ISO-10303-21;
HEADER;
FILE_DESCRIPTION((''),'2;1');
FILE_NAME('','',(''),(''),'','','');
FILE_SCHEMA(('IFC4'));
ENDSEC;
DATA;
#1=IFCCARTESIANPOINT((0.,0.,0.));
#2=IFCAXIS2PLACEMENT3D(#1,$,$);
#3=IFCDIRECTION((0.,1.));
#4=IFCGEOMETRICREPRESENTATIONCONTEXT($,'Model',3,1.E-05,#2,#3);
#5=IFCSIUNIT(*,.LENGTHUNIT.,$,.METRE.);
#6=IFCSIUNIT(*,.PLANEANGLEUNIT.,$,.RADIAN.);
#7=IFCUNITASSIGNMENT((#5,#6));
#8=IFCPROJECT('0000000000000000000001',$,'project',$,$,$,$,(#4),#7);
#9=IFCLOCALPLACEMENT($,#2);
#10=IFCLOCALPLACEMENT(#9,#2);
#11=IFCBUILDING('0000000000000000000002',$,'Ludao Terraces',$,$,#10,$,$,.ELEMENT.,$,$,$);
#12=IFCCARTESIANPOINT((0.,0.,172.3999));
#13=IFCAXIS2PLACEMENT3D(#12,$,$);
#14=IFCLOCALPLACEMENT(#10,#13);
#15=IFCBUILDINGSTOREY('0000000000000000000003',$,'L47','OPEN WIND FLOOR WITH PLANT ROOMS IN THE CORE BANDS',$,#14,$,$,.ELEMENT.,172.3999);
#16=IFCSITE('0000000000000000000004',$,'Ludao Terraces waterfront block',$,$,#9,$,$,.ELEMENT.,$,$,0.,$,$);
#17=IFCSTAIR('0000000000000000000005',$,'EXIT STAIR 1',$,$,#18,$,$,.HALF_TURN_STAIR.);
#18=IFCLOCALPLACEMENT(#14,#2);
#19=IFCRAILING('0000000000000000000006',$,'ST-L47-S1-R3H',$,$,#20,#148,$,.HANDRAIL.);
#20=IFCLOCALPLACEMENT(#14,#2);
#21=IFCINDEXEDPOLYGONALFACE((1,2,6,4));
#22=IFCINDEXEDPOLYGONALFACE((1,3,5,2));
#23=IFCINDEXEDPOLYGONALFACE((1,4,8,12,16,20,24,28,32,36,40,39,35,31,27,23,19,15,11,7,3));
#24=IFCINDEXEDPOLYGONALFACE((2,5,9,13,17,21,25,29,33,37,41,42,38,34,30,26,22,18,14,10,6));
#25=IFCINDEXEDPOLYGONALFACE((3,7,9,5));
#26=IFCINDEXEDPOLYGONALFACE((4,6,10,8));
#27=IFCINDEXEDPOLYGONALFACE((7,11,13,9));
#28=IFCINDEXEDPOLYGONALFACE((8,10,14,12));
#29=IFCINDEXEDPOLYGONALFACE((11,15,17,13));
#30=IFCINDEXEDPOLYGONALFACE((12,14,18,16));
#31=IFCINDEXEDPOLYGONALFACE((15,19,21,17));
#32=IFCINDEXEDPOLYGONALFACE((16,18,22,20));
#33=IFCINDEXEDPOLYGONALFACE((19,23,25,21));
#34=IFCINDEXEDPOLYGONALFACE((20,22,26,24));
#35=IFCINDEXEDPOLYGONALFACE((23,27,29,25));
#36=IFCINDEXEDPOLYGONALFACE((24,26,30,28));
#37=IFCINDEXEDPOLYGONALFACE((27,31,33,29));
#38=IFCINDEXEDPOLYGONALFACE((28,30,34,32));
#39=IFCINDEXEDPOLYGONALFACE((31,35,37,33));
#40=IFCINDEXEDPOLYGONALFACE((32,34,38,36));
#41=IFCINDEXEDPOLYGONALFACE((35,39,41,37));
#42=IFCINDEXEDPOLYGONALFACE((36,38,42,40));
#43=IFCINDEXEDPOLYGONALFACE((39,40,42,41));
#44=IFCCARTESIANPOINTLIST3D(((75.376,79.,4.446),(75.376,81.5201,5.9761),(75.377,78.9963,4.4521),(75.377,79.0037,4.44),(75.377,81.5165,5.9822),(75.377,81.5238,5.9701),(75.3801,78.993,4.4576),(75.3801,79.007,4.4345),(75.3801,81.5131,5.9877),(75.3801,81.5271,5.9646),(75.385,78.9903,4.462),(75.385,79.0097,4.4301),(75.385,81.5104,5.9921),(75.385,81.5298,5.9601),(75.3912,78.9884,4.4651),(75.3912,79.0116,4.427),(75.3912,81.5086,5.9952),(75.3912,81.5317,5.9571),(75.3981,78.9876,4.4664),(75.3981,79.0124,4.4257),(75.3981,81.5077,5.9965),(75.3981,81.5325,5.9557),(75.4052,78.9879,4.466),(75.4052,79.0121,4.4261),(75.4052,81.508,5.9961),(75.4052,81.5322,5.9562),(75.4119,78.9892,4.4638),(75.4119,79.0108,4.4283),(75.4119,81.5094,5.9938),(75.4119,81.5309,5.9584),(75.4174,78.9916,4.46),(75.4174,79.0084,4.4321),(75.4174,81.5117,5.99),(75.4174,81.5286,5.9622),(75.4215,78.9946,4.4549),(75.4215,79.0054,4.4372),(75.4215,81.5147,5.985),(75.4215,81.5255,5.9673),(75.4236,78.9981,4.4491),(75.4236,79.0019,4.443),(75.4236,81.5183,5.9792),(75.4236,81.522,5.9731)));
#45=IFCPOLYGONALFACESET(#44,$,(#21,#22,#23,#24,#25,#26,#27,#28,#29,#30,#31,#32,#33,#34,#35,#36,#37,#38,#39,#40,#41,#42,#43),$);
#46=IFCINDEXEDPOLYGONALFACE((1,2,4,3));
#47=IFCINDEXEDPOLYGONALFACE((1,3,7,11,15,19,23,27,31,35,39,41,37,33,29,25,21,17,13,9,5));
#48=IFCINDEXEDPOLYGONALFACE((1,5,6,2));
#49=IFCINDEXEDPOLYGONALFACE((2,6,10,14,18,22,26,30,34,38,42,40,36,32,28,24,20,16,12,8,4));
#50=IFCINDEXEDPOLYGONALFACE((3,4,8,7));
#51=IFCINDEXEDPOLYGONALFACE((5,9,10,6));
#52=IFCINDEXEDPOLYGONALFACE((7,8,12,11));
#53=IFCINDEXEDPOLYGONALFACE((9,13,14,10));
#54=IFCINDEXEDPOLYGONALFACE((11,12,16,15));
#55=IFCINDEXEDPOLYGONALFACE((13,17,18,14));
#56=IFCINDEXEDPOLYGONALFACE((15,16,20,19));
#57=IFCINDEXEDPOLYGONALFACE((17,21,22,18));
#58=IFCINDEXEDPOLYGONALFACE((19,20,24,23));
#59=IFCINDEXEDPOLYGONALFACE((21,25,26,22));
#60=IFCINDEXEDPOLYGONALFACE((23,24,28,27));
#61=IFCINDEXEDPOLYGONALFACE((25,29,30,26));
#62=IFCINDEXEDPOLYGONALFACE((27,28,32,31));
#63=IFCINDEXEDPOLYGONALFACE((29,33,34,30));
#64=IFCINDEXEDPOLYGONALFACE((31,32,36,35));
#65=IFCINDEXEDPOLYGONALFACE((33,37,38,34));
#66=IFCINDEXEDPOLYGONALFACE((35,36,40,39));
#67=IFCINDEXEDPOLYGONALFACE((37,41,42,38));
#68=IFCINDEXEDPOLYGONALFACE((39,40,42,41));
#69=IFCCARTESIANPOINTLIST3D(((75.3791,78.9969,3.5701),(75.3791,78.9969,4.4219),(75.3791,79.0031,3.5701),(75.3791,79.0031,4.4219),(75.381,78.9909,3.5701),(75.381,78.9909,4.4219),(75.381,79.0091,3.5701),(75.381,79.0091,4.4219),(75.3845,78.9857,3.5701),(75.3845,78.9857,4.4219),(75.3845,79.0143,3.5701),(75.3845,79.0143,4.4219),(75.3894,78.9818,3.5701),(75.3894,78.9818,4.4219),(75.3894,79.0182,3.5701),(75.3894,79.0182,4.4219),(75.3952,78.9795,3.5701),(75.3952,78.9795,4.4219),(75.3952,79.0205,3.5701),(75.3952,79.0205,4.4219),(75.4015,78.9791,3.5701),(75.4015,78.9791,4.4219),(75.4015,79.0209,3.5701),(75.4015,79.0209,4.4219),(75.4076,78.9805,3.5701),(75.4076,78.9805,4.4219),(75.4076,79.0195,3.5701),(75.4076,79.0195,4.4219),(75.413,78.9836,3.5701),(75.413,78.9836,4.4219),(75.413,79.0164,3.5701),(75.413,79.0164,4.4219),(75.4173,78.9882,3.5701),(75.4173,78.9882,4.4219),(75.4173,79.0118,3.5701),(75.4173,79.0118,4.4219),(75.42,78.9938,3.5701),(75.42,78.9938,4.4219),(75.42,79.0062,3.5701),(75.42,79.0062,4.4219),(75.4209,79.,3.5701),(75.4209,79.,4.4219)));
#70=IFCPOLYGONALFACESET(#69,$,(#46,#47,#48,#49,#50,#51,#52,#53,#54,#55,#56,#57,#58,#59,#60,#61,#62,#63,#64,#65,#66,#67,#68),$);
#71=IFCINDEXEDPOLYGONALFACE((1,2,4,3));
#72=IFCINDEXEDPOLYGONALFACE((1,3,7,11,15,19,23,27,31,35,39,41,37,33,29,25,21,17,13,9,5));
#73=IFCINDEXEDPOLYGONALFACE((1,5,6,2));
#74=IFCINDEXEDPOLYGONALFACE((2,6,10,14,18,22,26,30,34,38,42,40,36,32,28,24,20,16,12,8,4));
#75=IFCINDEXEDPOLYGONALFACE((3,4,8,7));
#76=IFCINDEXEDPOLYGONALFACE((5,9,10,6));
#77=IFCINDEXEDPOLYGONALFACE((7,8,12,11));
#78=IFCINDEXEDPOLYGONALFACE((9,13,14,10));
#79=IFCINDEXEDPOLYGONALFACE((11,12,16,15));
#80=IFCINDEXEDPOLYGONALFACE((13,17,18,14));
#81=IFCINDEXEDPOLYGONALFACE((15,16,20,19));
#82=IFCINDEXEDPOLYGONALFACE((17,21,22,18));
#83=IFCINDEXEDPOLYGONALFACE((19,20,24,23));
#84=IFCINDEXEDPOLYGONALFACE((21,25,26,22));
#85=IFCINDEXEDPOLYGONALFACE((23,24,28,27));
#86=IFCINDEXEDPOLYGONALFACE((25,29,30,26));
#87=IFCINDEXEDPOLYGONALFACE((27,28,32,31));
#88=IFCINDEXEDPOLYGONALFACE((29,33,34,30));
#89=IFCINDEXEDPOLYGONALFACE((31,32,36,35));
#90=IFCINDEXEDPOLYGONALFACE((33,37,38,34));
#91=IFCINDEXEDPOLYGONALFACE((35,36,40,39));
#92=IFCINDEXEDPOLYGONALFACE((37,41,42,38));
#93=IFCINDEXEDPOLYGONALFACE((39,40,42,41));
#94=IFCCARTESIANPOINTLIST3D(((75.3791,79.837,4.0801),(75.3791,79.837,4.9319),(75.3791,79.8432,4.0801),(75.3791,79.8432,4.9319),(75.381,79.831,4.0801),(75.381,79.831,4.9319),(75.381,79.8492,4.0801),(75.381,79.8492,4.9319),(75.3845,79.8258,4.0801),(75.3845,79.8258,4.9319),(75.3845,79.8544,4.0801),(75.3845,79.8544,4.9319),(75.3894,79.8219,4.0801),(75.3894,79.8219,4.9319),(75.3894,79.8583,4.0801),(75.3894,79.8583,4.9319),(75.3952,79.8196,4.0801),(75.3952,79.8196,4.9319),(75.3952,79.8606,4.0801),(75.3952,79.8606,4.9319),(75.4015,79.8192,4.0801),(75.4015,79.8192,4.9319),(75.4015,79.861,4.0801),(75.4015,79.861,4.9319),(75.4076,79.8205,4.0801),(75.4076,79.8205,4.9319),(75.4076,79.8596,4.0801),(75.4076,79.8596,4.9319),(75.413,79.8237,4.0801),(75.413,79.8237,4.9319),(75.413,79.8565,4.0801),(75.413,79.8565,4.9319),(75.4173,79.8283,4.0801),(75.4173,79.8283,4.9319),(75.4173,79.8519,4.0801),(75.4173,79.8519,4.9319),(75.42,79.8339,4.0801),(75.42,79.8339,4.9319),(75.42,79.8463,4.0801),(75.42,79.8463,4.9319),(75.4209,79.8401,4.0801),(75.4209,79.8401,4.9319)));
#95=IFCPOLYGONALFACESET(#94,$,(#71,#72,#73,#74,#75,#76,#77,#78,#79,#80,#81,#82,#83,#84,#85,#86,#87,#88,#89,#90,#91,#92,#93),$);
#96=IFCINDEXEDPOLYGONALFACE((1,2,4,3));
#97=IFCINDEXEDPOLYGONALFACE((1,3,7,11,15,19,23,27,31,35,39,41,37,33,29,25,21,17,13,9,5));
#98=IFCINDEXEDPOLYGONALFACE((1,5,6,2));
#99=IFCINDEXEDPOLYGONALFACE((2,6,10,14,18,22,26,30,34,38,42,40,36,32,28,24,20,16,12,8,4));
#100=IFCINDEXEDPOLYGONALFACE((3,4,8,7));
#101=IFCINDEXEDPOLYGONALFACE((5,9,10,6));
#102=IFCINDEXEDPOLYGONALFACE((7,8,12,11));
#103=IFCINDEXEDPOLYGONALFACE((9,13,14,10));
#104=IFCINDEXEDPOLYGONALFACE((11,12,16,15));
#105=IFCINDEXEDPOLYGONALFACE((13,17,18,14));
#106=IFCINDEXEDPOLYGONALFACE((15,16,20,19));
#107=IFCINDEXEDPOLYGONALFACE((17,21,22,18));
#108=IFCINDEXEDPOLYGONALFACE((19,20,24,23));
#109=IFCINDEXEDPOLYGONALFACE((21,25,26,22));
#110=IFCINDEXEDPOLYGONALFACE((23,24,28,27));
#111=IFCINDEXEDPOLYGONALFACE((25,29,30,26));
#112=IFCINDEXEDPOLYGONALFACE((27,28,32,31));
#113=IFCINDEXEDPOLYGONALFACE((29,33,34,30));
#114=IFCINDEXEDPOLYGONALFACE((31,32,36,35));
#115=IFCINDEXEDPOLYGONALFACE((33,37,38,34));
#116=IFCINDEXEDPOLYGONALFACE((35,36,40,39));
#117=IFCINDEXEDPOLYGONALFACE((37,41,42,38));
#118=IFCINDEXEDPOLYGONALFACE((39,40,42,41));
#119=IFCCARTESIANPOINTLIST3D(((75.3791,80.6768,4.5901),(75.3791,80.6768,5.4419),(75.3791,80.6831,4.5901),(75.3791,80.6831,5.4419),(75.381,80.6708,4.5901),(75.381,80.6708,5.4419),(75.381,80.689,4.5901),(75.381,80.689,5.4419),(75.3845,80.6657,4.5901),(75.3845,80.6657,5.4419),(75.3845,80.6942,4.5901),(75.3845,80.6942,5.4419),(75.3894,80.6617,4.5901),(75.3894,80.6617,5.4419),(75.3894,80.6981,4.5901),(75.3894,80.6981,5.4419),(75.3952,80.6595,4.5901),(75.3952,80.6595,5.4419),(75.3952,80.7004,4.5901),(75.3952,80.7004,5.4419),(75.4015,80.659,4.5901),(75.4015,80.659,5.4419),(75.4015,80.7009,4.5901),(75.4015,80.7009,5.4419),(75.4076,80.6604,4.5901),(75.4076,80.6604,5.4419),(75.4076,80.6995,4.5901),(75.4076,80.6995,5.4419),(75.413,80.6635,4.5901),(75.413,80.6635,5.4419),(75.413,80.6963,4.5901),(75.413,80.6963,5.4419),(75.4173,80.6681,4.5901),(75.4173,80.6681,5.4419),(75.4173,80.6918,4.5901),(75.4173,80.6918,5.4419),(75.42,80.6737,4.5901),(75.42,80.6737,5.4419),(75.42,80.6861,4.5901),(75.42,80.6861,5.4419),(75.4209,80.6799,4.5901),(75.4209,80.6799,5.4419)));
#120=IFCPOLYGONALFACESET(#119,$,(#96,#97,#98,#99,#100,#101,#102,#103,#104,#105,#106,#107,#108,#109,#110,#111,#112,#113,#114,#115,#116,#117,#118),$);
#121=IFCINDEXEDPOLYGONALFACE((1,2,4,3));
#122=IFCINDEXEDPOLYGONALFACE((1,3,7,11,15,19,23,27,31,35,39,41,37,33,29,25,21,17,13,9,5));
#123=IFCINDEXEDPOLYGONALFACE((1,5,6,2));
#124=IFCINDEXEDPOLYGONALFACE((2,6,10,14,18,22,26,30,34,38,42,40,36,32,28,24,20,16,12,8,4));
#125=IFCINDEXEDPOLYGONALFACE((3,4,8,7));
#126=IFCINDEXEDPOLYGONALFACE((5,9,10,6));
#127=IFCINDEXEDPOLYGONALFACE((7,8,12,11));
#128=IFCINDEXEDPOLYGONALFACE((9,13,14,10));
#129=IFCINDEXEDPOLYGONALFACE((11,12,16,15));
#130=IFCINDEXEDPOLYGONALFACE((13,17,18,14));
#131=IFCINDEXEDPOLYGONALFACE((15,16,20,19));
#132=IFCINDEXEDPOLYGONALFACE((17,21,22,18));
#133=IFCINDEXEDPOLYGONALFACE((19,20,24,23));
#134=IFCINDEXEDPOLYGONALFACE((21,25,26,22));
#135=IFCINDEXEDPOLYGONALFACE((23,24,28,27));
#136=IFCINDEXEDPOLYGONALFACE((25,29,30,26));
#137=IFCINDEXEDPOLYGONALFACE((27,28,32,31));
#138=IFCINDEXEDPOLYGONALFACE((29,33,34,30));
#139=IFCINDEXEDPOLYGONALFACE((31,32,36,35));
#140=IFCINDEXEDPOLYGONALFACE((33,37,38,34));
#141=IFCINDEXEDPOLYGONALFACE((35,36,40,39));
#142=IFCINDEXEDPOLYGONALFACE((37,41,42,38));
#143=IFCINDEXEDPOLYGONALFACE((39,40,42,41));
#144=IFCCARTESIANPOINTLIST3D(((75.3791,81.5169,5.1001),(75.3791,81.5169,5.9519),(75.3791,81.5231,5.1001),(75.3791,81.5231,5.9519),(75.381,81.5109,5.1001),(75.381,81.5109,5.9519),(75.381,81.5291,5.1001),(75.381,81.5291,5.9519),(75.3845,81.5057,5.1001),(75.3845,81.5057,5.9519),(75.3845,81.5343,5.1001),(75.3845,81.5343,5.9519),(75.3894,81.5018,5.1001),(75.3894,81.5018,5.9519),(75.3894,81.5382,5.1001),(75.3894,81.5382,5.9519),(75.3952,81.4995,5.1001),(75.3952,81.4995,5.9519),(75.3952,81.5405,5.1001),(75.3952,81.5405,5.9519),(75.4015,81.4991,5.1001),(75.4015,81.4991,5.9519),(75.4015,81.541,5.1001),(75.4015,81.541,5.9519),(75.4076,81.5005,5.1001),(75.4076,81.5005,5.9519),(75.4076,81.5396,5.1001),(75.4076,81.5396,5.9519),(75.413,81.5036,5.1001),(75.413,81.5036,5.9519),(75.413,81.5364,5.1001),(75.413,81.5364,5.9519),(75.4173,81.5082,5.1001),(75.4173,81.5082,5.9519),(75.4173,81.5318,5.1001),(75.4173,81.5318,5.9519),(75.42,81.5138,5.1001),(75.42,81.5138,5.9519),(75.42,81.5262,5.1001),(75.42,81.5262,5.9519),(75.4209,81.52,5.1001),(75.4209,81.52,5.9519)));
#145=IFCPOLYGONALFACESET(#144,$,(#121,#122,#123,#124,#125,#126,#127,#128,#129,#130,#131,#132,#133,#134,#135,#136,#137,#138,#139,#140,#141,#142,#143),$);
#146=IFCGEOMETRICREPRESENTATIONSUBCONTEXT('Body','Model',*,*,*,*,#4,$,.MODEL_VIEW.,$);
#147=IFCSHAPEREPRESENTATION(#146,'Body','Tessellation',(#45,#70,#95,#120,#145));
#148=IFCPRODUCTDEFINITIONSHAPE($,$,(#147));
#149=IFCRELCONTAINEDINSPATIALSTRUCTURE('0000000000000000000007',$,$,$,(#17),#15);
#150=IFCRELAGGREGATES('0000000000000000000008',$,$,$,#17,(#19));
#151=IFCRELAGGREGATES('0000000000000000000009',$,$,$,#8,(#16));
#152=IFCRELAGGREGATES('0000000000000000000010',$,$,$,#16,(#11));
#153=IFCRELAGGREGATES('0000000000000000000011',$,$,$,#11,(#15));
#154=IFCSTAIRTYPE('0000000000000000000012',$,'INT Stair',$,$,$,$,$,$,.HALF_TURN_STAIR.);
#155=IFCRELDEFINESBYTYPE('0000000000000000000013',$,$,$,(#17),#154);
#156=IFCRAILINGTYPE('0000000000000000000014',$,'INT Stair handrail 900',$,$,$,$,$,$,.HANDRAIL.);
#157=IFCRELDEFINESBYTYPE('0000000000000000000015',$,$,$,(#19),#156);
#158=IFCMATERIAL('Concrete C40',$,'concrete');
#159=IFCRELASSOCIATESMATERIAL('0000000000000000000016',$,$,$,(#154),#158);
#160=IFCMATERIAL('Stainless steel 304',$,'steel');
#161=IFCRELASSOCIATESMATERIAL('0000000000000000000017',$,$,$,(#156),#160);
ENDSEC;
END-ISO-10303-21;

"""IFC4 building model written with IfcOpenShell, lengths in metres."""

from ifc_helpers import new_model, si_unit, direction, frame, origin, origin_2d, place, context, subcontext, project, spatial, circle, extrude, material, type_object, element, aggregate, save


model = new_model("IFC4")

# Units and contexts
model_context = context("Model", 3, precision=1e-05, world=origin(), true_north=direction((0.0, 1.0)))
body_context = subcontext(model_context, "Body", "Model", "MODEL_VIEW")
ifc_project = project(units=[si_unit("LENGTHUNIT", "METRE"), si_unit("PLANEANGLEUNIT", "RADIAN")], contexts=[model_context])

# Site, building, storey
site_placement = place(None, origin())
site = spatial("IfcSite", under=ifc_project, at=site_placement, Name="Ludao Terraces waterfront block", CompositionType="ELEMENT", RefElevation=0.0)
building_placement = place(site_placement, origin())
building = spatial("IfcBuilding", under=site, at=building_placement, Name="Ludao Terraces", CompositionType="ELEMENT")
storey_placement = place(building_placement, frame((0.0, 0.0, 172.3999)))
storey = spatial("IfcBuildingStorey", under=building, at=storey_placement, Name="L47", Description="OPEN WIND FLOOR WITH PLANT ROOMS IN THE CORE BANDS", CompositionType="ELEMENT", Elevation=172.3999)

# Stair, railing
ifc_material_1 = material(Name="Concrete C40", Category="concrete")
stair_type = type_object("IfcStairType", Name="INT Stair", PredefinedType="HALF_TURN_STAIR", material=ifc_material_1)
stair_placement = place(storey_placement, origin())
stair = element("IfcStair", 1, at=stair_placement, inside=storey, type_object=stair_type, Name="EXIT STAIR 1", PredefinedType="HALF_TURN_STAIR")
ifc_material_2 = material(Name="Stainless steel 304", Category="steel")
railing_type_1 = type_object("IfcRailingType", Name="INT Stair handrail 900", PredefinedType="HANDRAIL", material=ifc_material_2)
railing_1_placement = place(storey_placement, frame((75.3999, 79.0, 3.5701)))
railing_1 = element("IfcRailing", 2, at=railing_1_placement, type_object=railing_type_1, Name="ST-L47-S1-R3H", PredefinedType="HANDRAIL", context=body_context, shape_type="SweptSolid", body=[
    extrude(circle(Radius=0.0239, at=origin_2d()), frame((0.0, 0.0, 0.876), z_axis=(0.0, 0.854785, 0.518982), x_axis=(-1.0, 0.0, 0.0)), (0.0, 0.0, 1.0), 2.9482),
    extrude(circle(Radius=0.021, at=origin_2d()), origin(), (0.0, 0.0, 1.0), 0.8518),
    extrude(circle(Radius=0.021, at=origin_2d()), frame((0.0, 0.8401, 0.51)), (0.0, 0.0, 1.0), 0.8518),
    extrude(circle(Radius=0.021, at=origin_2d()), frame((0.0, 1.6799, 1.02)), (0.0, 0.0, 1.0), 0.8518),
    extrude(circle(Radius=0.021, at=origin_2d()), frame((0.0, 2.52, 1.53)), (0.0, 0.0, 1.0), 0.8518),
])
aggregate(stair, [railing_1])

save(model, "model.ifc")
